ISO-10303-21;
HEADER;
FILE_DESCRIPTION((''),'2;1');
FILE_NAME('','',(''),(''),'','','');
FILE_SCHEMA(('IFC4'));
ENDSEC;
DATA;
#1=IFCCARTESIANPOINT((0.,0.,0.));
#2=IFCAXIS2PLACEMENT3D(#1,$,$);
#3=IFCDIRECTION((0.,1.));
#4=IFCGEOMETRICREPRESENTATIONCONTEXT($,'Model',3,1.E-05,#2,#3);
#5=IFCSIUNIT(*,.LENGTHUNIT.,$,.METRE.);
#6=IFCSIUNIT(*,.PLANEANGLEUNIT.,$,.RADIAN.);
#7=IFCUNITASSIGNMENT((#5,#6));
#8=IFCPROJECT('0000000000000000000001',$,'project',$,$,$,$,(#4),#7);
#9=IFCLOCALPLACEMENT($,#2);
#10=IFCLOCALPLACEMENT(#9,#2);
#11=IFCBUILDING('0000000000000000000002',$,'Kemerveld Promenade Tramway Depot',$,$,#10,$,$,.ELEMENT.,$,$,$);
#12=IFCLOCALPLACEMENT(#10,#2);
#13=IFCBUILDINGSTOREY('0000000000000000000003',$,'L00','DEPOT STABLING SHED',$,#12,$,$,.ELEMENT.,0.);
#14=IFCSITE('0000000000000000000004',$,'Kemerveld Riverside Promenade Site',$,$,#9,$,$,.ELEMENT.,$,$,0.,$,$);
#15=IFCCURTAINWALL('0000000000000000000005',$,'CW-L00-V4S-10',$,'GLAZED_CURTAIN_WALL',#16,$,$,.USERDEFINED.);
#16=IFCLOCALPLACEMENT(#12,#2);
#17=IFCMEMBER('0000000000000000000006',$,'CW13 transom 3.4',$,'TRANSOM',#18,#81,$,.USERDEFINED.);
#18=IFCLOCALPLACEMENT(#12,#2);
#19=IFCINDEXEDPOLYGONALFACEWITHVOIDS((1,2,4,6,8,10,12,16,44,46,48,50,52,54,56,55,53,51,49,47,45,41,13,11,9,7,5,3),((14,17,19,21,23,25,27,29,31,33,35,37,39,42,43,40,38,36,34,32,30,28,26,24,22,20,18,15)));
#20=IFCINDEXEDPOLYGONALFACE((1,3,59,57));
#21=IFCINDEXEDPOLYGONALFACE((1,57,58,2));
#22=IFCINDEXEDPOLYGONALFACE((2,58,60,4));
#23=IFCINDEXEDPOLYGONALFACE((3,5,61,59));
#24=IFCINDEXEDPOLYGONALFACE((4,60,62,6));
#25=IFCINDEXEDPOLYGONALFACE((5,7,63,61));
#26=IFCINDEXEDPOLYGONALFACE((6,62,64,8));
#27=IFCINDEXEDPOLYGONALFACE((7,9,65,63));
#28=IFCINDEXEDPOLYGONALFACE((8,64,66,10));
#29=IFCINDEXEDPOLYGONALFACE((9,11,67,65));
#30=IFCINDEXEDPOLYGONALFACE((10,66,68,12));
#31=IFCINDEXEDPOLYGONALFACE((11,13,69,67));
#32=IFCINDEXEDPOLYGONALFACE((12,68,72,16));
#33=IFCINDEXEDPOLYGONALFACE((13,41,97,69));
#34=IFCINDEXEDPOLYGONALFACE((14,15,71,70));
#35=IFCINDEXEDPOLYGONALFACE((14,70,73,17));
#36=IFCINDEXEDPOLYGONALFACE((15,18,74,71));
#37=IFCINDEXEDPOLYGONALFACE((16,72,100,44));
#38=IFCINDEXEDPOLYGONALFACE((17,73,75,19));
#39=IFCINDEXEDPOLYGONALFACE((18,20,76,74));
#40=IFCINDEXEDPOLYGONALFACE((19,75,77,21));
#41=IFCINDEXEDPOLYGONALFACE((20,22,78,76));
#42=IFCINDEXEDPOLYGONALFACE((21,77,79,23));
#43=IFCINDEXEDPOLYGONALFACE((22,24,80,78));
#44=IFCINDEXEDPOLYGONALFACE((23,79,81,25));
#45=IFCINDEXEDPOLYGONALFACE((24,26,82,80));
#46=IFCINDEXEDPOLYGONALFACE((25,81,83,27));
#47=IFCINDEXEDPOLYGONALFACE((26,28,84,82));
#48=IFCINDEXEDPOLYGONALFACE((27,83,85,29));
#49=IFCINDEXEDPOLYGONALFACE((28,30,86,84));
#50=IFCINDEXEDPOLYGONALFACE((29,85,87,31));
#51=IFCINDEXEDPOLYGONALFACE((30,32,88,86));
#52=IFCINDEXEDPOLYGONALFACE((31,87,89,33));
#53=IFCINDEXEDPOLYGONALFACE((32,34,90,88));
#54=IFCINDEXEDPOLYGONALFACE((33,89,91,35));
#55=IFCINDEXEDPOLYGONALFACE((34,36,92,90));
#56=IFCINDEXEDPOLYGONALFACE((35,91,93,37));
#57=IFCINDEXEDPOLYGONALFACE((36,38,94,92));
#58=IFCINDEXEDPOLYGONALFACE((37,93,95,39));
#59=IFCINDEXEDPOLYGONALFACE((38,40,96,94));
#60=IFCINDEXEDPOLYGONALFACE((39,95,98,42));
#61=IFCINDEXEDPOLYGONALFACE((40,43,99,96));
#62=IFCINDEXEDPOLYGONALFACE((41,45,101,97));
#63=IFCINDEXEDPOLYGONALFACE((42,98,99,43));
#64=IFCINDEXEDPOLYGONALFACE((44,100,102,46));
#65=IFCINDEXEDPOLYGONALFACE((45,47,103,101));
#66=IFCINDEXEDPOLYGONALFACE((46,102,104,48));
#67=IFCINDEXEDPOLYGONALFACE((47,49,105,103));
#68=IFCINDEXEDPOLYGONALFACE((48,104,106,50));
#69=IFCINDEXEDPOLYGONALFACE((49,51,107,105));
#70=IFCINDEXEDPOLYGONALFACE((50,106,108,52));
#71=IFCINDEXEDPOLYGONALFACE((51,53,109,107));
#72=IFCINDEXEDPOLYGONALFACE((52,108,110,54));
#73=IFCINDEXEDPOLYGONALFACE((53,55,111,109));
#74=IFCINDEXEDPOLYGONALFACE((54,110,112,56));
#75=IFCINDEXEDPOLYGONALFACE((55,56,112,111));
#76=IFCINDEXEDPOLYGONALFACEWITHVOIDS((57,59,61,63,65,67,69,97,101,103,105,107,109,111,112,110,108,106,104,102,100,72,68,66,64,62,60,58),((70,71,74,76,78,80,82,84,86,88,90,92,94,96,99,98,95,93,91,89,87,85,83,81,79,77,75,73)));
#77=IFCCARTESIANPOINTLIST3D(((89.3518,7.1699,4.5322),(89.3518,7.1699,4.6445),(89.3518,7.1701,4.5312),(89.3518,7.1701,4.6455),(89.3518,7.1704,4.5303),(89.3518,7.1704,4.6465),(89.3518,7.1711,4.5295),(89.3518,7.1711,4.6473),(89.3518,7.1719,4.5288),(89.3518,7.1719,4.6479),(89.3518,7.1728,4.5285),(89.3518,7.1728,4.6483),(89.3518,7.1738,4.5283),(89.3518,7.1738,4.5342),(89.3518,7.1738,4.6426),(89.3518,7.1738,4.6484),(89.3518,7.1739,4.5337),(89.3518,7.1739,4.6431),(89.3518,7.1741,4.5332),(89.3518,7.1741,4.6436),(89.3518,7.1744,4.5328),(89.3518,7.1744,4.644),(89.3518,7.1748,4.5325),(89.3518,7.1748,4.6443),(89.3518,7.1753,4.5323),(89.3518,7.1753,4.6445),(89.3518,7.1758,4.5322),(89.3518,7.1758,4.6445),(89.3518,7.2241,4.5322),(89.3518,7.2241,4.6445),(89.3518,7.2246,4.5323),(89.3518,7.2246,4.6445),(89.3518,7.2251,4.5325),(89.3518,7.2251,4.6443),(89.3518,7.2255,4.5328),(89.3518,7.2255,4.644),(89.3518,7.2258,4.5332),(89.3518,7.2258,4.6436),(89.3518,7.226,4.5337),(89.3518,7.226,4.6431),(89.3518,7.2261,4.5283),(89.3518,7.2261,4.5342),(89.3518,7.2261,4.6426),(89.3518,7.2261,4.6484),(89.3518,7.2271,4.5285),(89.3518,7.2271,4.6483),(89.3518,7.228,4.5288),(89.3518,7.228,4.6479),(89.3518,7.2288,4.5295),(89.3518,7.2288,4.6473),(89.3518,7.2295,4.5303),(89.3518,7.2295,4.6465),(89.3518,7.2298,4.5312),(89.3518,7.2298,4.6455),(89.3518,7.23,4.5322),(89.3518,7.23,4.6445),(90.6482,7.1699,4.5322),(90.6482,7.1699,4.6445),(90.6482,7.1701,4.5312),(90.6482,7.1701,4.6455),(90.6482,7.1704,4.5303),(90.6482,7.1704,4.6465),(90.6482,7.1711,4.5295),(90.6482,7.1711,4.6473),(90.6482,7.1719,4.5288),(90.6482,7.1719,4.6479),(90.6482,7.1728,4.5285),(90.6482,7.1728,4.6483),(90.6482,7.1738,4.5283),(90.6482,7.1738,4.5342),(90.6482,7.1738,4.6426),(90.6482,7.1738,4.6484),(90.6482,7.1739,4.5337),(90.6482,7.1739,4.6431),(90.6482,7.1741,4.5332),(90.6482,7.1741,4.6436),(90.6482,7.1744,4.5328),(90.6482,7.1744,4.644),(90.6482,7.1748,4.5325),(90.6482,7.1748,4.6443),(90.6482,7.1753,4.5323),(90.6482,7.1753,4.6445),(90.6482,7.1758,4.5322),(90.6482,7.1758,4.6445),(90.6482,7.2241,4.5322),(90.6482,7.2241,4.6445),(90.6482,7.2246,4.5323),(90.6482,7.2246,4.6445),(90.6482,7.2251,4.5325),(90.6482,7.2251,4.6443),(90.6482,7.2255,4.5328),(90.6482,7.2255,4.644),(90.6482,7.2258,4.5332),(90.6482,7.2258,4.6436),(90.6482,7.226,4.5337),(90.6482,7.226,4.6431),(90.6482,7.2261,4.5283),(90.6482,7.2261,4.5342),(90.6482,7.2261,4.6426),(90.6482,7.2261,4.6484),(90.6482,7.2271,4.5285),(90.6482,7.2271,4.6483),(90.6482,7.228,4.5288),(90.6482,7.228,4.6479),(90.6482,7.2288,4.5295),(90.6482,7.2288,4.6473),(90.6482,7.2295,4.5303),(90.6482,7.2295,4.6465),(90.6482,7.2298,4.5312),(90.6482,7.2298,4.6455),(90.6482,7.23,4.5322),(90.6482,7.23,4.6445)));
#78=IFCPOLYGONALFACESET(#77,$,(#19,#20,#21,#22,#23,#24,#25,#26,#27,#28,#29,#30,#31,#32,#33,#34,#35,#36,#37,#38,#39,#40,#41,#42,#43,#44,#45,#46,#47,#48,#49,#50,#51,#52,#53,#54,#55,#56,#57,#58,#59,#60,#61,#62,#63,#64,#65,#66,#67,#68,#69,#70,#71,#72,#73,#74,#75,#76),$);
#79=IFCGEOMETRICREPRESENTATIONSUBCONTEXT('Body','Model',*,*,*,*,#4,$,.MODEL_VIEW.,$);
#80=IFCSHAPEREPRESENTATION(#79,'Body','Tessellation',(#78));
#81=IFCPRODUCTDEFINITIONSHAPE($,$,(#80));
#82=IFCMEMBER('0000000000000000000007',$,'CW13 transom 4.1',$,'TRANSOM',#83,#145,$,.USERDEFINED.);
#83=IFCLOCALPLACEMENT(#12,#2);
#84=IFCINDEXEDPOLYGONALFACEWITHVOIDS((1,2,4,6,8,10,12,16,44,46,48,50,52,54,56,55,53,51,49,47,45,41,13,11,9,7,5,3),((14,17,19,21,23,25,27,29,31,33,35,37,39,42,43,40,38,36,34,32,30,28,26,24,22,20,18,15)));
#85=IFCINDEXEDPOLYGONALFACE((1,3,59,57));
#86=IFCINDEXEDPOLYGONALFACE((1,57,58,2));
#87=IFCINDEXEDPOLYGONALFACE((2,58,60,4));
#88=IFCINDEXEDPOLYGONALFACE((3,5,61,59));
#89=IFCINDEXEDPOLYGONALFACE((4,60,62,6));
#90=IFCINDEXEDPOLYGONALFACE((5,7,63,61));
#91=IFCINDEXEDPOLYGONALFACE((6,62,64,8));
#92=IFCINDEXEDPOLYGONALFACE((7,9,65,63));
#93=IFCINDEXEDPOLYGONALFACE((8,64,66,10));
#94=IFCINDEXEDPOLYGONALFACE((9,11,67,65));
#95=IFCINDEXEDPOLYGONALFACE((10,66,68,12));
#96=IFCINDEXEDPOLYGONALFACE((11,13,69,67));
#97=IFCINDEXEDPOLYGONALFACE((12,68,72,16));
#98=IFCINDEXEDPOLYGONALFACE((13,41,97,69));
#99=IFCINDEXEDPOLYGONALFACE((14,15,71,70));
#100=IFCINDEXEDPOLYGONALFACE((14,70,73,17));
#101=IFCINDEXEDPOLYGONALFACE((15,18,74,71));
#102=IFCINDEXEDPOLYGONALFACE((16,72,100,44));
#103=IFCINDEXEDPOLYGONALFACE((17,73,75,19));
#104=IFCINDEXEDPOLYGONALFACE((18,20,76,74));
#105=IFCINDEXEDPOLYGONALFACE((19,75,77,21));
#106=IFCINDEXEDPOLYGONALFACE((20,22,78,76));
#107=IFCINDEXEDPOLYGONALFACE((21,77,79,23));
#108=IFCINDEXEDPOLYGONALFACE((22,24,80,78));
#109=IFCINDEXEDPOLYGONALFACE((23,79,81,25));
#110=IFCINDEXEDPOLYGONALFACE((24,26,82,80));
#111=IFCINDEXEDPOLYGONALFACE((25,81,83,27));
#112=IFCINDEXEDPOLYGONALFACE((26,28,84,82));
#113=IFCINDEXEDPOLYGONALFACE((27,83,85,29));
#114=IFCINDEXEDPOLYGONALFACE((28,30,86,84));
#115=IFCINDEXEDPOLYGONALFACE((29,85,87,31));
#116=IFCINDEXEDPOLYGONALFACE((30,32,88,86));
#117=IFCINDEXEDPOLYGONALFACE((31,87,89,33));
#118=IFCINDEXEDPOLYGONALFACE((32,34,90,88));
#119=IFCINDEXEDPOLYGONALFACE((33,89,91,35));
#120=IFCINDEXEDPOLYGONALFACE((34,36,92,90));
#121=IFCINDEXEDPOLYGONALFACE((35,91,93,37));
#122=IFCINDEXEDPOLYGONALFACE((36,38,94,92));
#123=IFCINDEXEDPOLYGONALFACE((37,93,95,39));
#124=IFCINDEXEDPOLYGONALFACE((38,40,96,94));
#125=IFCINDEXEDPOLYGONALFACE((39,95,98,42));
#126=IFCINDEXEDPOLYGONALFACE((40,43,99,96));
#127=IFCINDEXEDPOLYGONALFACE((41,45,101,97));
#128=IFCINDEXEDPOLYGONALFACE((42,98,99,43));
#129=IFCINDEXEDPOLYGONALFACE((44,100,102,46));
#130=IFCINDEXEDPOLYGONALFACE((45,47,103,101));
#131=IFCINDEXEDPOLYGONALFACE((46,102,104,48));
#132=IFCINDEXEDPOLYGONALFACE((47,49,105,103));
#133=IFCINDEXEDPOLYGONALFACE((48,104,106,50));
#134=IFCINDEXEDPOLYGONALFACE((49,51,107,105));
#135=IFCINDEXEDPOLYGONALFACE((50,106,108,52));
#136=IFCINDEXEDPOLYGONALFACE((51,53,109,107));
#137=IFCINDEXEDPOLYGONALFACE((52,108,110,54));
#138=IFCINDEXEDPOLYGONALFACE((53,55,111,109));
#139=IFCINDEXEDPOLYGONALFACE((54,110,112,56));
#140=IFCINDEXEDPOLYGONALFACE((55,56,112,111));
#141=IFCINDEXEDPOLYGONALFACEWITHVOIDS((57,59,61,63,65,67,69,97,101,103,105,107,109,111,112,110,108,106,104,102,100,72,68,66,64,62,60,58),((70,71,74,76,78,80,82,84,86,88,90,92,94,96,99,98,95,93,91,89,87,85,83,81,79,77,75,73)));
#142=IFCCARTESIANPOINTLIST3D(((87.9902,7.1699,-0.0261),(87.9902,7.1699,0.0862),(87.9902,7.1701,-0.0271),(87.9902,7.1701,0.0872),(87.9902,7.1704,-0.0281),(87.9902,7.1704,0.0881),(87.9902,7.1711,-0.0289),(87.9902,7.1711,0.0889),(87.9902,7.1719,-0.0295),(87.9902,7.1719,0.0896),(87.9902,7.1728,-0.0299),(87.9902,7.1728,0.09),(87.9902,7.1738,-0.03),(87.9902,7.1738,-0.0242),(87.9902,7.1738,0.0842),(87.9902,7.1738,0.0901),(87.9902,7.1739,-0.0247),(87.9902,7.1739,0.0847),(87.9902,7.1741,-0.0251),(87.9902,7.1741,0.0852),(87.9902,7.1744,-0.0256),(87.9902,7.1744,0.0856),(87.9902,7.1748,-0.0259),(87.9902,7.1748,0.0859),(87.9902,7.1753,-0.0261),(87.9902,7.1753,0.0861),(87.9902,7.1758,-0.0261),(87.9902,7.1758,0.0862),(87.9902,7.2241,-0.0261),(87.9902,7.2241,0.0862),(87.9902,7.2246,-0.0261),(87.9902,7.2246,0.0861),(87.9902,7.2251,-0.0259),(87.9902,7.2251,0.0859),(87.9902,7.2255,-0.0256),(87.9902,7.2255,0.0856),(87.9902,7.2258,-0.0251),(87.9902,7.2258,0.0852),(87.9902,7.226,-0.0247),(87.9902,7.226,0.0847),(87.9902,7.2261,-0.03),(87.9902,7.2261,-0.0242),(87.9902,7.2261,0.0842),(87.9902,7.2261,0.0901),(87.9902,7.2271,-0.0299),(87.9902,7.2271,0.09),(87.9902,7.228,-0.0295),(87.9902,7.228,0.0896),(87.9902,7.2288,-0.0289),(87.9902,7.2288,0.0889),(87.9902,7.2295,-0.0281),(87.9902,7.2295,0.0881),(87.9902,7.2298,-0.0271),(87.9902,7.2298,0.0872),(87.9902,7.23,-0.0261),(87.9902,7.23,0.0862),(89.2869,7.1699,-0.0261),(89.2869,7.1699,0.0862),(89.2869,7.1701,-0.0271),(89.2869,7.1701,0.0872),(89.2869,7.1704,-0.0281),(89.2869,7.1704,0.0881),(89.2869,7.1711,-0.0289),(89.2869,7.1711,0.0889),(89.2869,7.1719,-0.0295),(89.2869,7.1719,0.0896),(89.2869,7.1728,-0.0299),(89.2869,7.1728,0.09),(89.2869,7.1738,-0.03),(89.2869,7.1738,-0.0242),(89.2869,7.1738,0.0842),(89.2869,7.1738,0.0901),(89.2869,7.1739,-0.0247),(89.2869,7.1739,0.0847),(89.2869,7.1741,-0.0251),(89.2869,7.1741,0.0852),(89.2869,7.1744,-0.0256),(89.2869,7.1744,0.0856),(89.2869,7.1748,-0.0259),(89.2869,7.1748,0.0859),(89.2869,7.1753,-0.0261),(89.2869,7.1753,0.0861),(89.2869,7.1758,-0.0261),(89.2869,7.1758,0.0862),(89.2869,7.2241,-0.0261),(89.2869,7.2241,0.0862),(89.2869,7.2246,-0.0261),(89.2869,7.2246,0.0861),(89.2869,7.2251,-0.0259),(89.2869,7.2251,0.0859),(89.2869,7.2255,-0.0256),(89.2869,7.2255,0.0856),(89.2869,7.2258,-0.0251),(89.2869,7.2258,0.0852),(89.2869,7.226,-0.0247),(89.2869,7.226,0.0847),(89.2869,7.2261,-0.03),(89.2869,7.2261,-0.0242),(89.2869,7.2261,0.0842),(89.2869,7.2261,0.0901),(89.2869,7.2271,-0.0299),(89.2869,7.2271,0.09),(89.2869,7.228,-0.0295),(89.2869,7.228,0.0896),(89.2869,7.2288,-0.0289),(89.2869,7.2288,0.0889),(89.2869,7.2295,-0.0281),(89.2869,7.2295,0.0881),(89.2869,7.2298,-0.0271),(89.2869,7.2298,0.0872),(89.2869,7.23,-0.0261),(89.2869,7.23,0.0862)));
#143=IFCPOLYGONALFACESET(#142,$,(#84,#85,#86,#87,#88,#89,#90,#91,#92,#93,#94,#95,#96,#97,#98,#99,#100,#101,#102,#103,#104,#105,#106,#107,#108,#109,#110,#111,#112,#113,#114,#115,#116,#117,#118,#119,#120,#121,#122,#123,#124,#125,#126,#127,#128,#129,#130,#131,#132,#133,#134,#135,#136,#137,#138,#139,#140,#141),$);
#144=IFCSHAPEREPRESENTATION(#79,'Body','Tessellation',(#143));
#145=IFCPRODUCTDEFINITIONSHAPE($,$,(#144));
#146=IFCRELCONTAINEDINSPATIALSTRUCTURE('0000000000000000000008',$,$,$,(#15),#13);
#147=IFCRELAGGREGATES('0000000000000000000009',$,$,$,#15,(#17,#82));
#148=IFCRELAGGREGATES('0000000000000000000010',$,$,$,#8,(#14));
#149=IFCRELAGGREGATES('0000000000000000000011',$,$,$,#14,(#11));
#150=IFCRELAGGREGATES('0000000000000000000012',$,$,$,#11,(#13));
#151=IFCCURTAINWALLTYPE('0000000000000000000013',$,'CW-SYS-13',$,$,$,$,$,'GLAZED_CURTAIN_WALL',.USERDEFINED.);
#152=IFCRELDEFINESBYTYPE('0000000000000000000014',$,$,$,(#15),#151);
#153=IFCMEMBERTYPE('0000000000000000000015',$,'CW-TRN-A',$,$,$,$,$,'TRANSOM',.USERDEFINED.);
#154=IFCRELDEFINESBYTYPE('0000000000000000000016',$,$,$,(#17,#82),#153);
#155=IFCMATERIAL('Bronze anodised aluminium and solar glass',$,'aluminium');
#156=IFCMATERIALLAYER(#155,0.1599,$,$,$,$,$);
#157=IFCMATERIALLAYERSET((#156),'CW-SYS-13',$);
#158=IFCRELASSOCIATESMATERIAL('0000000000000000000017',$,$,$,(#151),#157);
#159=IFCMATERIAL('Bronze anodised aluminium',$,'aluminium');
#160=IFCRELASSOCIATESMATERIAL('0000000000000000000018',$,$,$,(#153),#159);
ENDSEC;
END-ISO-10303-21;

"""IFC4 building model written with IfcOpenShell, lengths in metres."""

from ifc_helpers import new_model, si_unit, direction, frame, origin, origin_2d, place, context, subcontext, project, spatial, hollow_rectangle, extrude, material, layer, layer_set, material_profile, profile_set, type_object, element, aggregate, save


model = new_model("IFC4")

# Units and contexts
model_context = context("Model", 3, precision=1e-05, world=origin(), true_north=direction((0.0, 1.0)))
body_context = subcontext(model_context, "Body", "Model", "MODEL_VIEW")
ifc_project = project(units=[si_unit("LENGTHUNIT", "METRE"), si_unit("PLANEANGLEUNIT", "RADIAN")], contexts=[model_context])

# Site, building, storey
site_placement = place(None, origin())
site = spatial("IfcSite", under=ifc_project, at=site_placement, Name="Kemerveld Riverside Promenade Site", CompositionType="ELEMENT", RefElevation=0.0)
building_placement = place(site_placement, origin())
building = spatial("IfcBuilding", under=site, at=building_placement, Name="Kemerveld Promenade Tramway Depot", CompositionType="ELEMENT")
storey_placement = place(building_placement, origin())
storey = spatial("IfcBuildingStorey", under=building, at=storey_placement, Name="L00", Description="DEPOT STABLING SHED", CompositionType="ELEMENT", Elevation=0.0)

# Curtain wall, members
ifc_material_1 = material(Name="Bronze anodised aluminium and solar glass", Category="aluminium")
ifc_layer_1 = layer(ifc_material_1, 0.1599)
ifc_layer_set_1 = layer_set([ifc_layer_1], Name="CW-SYS-13")
curtain_wall_type = type_object("IfcCurtainWallType", Name="CW-SYS-13", ElementType="GLAZED_CURTAIN_WALL", PredefinedType="USERDEFINED", material=ifc_layer_set_1)
curtain_wall_placement = place(storey_placement, origin())
curtain_wall = element("IfcCurtainWall", 1, at=curtain_wall_placement, inside=storey, type_object=curtain_wall_type, Name="CW-L00-V4S-10", ObjectType="GLAZED_CURTAIN_WALL", PredefinedType="USERDEFINED")
ifc_material_2 = material(Name="Bronze anodised aluminium", Category="aluminium")
ifc_material_profile_1 = material_profile(ifc_material_2, hollow_rectangle(XDim=0.0601, YDim=0.1201, WallThickness=0.0039, InnerFilletRadius=0.002, OuterFilletRadius=0.0039, at=origin_2d()), Name="CW-TRN-120x60")
ifc_profile_set_1 = profile_set([ifc_material_profile_1], Name="Bronze anodised aluminium")
member_type_1 = type_object("IfcMemberType", Name="CW-TRN-A", ElementType="TRANSOM", PredefinedType="USERDEFINED", material=ifc_profile_set_1)
member_1_placement = place(storey_placement, frame((90.6482, 7.2, 4.5884), z_axis=(-1.0, 0.0, 0.0), x_axis=(0.0, -1.0, 0.0)))
member_1 = element("IfcMember", 2, at=member_1_placement, type_object=member_type_1, Name="CW13 transom 3.4", ObjectType="TRANSOM", PredefinedType="USERDEFINED", context=body_context, shape_type="SweptSolid", body=[
    extrude(hollow_rectangle(XDim=0.0601, YDim=0.1201, WallThickness=0.0039, InnerFilletRadius=0.002, OuterFilletRadius=0.0039, at=origin_2d()), origin(), (0.0, 0.0, 1.0), 1.2964),
])
member_2_placement = place(storey_placement, frame((89.2869, 7.2, 0.03), z_axis=(-1.0, 0.0, 0.0), x_axis=(0.0, -1.0, 0.0)))
member_2 = element("IfcMember", 3, at=member_2_placement, type_object=member_type_1, Name="CW13 transom 4.1", ObjectType="TRANSOM", PredefinedType="USERDEFINED", context=body_context, shape_type="SweptSolid", body=[
    extrude(hollow_rectangle(XDim=0.0601, YDim=0.1201, WallThickness=0.0039, InnerFilletRadius=0.002, OuterFilletRadius=0.0039, at=origin_2d()), origin(), (0.0, 0.0, 1.0), 1.2966),
])
aggregate(curtain_wall, [member_1, member_2])

save(model, "model.ifc")
